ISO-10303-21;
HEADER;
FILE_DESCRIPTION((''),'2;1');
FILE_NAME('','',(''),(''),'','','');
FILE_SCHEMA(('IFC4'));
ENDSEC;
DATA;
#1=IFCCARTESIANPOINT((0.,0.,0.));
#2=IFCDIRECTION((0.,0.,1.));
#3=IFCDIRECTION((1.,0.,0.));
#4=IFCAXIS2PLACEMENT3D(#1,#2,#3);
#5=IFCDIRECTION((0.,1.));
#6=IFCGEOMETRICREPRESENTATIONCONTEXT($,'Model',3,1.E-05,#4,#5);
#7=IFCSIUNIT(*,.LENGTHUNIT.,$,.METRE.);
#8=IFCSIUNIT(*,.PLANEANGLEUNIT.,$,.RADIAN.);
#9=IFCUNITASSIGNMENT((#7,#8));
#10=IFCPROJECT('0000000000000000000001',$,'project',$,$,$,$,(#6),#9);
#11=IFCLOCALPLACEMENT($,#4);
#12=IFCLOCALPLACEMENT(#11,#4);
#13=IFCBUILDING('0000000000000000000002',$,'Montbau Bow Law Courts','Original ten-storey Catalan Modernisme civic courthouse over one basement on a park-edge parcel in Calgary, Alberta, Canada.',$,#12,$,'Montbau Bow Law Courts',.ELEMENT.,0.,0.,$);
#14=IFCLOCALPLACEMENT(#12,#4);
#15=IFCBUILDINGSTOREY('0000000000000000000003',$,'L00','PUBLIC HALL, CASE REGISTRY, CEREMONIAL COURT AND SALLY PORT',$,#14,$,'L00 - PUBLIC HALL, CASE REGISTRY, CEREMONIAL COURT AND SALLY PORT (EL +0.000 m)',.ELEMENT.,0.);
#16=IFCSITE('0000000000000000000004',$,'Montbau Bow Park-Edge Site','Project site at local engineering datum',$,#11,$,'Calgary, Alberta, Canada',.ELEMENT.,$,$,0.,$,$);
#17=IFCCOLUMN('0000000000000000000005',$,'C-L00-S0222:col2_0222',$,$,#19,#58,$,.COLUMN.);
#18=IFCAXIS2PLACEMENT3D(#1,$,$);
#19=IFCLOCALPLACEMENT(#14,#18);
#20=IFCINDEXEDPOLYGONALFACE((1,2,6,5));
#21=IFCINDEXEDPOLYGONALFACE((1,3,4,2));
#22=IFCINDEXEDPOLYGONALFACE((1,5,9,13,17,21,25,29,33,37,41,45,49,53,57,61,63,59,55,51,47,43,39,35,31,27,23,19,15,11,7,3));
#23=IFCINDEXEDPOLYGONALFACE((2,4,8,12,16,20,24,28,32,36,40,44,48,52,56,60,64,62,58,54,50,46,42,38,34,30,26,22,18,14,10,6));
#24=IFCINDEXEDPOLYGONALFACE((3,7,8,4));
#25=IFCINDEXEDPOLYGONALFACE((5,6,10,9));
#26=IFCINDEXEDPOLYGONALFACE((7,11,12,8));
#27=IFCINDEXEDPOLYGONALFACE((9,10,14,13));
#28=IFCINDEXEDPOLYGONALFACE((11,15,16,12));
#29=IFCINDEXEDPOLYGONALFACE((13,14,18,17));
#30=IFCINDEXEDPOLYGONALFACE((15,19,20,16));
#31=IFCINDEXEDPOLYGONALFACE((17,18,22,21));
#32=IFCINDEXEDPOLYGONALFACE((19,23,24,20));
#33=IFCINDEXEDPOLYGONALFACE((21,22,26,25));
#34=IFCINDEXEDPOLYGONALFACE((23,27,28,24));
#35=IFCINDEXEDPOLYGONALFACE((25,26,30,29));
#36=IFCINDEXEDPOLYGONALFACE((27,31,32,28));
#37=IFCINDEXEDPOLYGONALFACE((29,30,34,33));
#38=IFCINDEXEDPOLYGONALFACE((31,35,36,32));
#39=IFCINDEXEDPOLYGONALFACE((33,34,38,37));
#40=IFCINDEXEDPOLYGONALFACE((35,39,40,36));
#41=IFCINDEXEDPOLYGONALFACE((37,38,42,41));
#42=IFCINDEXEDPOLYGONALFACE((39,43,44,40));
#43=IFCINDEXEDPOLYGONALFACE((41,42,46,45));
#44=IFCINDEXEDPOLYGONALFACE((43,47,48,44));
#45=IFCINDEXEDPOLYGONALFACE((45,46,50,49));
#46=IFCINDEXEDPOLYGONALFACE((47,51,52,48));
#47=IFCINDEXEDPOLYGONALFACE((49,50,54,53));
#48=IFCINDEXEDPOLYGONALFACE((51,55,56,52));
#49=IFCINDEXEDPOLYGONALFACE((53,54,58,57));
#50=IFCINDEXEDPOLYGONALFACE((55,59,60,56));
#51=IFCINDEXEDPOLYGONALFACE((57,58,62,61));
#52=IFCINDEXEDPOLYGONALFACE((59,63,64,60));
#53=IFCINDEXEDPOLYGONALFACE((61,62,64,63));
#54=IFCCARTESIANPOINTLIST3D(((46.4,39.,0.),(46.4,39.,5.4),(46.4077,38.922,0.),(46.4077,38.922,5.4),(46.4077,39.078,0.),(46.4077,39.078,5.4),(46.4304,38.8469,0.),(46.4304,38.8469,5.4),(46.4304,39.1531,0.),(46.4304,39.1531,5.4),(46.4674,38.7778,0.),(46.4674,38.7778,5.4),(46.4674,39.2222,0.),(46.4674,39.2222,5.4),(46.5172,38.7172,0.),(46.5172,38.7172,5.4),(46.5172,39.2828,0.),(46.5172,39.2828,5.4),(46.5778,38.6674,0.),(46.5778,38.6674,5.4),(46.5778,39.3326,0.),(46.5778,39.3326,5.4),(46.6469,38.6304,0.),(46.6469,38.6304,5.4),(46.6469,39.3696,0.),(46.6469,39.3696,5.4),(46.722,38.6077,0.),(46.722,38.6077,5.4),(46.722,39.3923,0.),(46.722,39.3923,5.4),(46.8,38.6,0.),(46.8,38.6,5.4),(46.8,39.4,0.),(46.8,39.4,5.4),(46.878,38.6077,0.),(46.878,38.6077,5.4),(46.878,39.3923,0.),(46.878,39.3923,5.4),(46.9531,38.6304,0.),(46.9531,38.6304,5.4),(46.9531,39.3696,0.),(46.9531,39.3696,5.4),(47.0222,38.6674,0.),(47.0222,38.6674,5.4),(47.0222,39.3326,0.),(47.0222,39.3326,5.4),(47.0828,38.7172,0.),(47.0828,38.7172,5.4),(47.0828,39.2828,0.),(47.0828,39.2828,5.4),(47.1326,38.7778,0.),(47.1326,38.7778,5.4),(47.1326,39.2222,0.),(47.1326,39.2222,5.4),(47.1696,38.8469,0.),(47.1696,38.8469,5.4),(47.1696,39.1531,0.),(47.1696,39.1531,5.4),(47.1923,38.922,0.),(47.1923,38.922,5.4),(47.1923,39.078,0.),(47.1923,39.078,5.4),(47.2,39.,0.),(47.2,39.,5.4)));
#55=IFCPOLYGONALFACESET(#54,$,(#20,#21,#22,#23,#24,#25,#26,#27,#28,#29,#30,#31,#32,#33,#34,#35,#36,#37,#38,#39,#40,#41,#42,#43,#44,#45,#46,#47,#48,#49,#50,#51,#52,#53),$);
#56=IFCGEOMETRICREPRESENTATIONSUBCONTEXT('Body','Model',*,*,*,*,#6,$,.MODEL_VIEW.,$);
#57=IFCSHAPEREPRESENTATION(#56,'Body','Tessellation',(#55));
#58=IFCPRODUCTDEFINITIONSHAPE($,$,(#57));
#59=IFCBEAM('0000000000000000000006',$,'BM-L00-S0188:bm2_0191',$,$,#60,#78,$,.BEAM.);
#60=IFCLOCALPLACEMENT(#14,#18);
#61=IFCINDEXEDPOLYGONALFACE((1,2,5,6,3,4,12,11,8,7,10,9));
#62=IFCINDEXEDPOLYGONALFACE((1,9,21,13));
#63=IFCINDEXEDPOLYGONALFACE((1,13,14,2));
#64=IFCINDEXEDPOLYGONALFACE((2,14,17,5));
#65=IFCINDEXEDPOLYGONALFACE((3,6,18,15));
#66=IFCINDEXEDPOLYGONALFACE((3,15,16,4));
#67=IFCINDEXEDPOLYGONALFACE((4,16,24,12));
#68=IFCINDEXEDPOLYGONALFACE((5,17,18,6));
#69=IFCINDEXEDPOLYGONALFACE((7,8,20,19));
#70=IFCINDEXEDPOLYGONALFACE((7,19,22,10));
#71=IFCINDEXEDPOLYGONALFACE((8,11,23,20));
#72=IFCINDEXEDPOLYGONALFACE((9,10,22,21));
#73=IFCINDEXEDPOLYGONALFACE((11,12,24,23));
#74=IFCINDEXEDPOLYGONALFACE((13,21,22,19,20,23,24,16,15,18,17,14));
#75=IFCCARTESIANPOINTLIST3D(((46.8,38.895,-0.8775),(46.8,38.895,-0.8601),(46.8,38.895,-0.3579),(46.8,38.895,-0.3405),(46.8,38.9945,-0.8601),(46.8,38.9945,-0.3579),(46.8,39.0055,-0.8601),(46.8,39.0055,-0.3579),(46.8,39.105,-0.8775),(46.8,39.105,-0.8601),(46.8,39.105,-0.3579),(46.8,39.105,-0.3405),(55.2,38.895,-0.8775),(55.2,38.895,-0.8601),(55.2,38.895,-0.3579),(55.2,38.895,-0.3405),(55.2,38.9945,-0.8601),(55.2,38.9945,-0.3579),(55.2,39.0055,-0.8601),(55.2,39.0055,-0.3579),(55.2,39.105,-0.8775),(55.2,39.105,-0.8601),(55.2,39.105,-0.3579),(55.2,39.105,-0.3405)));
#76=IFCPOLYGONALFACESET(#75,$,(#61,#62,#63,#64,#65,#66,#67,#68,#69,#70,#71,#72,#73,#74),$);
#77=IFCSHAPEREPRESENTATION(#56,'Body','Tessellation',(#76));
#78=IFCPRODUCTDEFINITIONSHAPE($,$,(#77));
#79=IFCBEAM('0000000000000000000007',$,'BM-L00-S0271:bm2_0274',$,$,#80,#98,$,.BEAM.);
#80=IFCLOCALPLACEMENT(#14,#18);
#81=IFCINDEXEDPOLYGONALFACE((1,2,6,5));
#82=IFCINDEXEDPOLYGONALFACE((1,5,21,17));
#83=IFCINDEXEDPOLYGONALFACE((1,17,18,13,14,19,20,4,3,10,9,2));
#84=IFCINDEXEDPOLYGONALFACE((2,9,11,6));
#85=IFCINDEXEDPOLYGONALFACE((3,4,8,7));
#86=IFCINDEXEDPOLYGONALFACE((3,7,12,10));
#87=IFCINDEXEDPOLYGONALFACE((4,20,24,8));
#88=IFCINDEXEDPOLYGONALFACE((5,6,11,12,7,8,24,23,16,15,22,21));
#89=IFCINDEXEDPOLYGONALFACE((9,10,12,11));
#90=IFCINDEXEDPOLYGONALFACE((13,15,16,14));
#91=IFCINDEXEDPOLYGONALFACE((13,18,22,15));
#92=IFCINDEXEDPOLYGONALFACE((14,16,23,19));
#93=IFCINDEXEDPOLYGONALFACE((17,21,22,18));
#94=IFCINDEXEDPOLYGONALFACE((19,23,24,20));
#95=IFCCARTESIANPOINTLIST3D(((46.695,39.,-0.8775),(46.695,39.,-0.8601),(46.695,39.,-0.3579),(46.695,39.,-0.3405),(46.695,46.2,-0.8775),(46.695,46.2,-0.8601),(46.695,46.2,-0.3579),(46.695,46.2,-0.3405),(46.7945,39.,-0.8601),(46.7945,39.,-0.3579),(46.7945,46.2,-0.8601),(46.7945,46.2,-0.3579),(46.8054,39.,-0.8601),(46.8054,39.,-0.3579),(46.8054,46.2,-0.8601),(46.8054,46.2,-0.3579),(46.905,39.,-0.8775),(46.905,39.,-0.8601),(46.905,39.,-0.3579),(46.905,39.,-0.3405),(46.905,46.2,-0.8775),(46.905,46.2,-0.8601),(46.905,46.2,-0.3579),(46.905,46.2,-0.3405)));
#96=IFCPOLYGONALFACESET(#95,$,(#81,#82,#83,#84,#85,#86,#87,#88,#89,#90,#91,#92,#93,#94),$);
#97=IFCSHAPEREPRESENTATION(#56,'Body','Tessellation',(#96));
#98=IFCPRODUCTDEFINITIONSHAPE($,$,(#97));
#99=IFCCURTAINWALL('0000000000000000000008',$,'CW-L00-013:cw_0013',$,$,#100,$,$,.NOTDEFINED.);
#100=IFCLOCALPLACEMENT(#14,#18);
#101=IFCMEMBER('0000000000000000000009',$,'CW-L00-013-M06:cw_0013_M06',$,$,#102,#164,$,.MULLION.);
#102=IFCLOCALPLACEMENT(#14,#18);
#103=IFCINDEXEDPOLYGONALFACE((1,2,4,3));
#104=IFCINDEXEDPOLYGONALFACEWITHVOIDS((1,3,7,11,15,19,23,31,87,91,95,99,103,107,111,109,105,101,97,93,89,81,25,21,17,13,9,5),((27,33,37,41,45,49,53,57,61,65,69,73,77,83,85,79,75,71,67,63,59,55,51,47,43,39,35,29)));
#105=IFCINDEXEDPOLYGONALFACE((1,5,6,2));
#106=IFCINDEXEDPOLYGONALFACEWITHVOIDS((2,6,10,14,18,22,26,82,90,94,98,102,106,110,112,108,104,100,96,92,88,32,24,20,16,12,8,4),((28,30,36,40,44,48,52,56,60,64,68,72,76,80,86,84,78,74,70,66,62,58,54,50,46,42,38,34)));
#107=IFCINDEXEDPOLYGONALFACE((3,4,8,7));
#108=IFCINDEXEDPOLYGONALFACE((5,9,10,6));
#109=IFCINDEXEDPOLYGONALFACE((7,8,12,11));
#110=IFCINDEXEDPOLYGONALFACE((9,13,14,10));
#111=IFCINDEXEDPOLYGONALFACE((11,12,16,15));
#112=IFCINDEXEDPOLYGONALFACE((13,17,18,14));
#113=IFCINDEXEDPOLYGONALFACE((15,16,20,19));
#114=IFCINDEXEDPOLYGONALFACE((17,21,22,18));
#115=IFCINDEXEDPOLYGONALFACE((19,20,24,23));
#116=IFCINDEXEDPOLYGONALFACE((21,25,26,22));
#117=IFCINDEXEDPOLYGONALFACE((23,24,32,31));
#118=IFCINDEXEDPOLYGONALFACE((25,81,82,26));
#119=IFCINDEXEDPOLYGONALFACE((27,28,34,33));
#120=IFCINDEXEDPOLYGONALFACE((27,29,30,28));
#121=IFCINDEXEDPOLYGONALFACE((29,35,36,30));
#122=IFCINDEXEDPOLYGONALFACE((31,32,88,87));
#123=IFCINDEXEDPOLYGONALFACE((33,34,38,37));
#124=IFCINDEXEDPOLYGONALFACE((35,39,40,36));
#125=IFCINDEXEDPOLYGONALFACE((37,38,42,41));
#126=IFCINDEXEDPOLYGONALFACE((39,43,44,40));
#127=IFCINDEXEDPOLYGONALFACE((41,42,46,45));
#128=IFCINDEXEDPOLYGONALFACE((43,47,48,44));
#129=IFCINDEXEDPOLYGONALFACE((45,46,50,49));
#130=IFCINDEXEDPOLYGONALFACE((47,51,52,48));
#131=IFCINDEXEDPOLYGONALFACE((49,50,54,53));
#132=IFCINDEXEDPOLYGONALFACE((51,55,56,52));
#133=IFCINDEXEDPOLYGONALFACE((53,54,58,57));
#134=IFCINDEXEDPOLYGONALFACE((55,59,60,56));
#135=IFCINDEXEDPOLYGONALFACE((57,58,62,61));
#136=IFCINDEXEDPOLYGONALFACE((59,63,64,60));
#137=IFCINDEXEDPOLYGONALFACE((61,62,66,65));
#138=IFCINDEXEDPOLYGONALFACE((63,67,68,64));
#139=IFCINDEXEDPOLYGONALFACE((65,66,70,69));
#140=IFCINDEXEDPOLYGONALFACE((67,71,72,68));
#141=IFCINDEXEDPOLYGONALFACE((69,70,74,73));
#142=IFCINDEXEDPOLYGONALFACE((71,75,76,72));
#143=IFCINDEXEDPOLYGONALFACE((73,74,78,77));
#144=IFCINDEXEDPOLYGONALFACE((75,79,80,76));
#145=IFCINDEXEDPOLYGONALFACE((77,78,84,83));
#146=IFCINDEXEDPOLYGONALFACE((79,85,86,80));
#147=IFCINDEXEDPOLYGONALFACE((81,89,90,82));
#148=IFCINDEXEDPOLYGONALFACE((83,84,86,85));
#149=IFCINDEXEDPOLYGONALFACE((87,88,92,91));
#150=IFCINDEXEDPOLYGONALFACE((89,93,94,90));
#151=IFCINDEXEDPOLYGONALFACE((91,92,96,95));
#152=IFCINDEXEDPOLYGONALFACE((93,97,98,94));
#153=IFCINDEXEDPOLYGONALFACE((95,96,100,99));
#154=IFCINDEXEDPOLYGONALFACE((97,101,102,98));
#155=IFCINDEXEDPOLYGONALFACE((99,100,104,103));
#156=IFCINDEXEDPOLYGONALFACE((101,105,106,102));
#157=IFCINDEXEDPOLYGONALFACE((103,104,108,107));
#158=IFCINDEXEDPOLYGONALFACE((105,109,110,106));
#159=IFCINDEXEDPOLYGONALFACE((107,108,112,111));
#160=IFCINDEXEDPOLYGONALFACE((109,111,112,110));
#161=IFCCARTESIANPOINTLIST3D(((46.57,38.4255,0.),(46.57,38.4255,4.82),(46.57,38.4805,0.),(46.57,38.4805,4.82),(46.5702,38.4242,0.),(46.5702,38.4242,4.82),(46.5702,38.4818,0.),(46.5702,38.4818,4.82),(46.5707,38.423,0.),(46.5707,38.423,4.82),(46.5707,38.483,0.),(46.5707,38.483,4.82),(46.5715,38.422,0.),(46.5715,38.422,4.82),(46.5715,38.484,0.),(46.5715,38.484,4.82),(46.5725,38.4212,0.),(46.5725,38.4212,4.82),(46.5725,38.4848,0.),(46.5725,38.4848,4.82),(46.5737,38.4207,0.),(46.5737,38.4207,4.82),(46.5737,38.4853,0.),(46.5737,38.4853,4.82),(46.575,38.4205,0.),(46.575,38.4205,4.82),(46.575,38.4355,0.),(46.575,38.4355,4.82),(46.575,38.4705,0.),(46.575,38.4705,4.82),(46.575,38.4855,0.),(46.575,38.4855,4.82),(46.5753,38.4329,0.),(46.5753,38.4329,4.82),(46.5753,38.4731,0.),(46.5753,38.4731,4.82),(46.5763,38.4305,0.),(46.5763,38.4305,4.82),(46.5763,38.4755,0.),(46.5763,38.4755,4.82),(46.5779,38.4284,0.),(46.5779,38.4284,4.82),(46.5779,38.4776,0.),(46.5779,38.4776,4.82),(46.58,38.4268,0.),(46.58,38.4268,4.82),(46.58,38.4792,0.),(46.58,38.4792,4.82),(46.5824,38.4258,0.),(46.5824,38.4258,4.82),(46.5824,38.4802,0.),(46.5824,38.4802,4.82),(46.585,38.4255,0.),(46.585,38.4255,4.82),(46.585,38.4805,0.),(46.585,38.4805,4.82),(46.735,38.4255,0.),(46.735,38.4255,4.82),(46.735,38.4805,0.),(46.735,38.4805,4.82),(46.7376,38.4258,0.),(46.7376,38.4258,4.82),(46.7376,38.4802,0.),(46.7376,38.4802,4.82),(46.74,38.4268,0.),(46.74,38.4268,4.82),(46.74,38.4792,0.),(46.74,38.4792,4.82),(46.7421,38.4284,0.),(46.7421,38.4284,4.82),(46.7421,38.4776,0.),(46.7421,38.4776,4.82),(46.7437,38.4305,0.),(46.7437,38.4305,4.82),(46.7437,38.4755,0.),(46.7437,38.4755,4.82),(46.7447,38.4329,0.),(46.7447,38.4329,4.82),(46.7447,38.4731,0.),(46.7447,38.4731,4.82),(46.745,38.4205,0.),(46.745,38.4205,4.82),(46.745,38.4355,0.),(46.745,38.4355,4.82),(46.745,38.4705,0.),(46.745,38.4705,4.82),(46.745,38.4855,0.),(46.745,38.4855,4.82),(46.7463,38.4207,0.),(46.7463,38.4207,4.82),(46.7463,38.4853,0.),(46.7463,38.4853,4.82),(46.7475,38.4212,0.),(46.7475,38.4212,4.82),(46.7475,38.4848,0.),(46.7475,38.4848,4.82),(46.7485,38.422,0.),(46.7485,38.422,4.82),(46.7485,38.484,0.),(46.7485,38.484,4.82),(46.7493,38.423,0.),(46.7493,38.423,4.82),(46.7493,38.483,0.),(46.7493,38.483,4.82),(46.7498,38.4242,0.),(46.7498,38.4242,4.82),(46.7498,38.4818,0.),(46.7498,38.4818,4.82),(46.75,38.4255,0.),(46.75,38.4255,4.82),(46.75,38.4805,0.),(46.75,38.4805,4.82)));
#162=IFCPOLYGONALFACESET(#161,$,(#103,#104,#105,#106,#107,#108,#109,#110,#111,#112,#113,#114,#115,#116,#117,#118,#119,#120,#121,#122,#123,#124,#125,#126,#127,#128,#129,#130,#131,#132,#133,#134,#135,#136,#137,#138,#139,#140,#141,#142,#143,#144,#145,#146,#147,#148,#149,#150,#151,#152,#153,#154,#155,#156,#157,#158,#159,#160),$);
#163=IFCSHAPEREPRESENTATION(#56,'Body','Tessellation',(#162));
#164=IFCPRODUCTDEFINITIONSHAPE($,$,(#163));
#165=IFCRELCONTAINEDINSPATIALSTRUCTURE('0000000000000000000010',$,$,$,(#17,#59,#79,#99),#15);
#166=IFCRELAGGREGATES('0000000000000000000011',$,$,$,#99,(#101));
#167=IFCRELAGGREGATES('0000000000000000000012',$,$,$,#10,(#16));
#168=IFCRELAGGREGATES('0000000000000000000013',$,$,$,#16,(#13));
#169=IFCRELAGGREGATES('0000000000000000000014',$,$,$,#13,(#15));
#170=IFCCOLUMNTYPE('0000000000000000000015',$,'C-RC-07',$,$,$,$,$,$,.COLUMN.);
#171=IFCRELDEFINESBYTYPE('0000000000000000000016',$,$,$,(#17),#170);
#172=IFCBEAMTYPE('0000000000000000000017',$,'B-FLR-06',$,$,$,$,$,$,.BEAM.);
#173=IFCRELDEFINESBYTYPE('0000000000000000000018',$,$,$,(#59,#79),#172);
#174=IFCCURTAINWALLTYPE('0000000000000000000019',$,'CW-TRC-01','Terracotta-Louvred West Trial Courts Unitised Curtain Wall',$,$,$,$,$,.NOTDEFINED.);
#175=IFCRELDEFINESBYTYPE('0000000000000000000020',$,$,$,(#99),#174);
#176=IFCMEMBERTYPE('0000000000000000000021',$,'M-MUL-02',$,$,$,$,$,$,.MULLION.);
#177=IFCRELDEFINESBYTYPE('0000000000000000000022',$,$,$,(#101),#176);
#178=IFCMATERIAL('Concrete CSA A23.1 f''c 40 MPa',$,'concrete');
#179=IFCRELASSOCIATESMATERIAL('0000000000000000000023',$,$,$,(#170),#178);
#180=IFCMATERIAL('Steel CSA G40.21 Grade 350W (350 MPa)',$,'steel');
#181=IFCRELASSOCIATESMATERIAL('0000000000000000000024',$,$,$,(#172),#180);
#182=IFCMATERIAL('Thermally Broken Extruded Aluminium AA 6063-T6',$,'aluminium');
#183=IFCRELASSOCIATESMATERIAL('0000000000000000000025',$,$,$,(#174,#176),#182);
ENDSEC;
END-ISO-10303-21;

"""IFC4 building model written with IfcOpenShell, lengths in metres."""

from ifc_helpers import new_model, si_unit, direction, frame, origin_with_axes, origin_2d_with_axis, place, context, subcontext, project, spatial, hollow_rectangle, circle, i_section, extrude, material, material_profile, profile_set, type_object, element, aggregate, save


model = new_model("IFC4")

# Units and contexts
model_context = context("Model", 3, precision=1e-05, world=origin_with_axes(), true_north=direction((0.0, 1.0)))
body_context = subcontext(model_context, "Body", "Model", "MODEL_VIEW")
ifc_project = project(units=[si_unit("LENGTHUNIT", "METRE"), si_unit("PLANEANGLEUNIT", "RADIAN")], contexts=[model_context])

# Site, building, storey
site_placement = place(None, origin_with_axes())
site = spatial("IfcSite", under=ifc_project, at=site_placement, Name="Montbau Bow Park-Edge Site", Description="Project site at local engineering datum", LongName="Calgary, Alberta, Canada", CompositionType="ELEMENT", RefElevation=0.0)
building_placement = place(site_placement, origin_with_axes())
building = spatial("IfcBuilding", under=site, at=building_placement, Name="Montbau Bow Law Courts", Description="Original ten-storey Catalan Modernisme civic courthouse over one basement on a park-edge parcel in Calgary, Alberta, Canada.", LongName="Montbau Bow Law Courts", CompositionType="ELEMENT", ElevationOfRefHeight=0.0, ElevationOfTerrain=0.0)
storey_placement = place(building_placement, origin_with_axes())
storey = spatial("IfcBuildingStorey", under=building, at=storey_placement, Name="L00", Description="PUBLIC HALL, CASE REGISTRY, CEREMONIAL COURT AND SALLY PORT", LongName="L00 - PUBLIC HALL, CASE REGISTRY, CEREMONIAL COURT AND SALLY PORT (EL +0.000 m)", CompositionType="ELEMENT", Elevation=0.0)

# Column
ifc_material_1 = material(Name="Concrete CSA A23.1 f'c 40 MPa", Category="concrete")
ifc_material_profile_1 = material_profile(ifc_material_1, circle(Radius=0.4, at=origin_2d_with_axis()), Name="RC800D", Category="Main", Priority=0)
ifc_profile_set_1 = profile_set([ifc_material_profile_1], Name="Concrete CSA A23.1 f'c 40 MPa")
column_type = type_object("IfcColumnType", Name="C-RC-07", PredefinedType="COLUMN", material=ifc_profile_set_1)
column_placement = place(None, frame((46.8, 39.0, 0.0), z_axis=(0.0, 0.0, 1.0), x_axis=(1.0, 0.0, 0.0)))
element("IfcColumn", 1, at=column_placement, inside=storey, type_object=column_type, Name="C-L00-S0222:col2_0222", PredefinedType="COLUMN", context=body_context, shape_type="SweptSolid", body=[
    extrude(circle(Radius=0.4, at=origin_2d_with_axis()), origin_with_axes(), (0.0, 0.0, 1.0), 5.4),
])

# Beams
ifc_material_2 = material(Name="Steel CSA G40.21 Grade 350W (350 MPa)", Category="steel")
ifc_material_profile_2 = material_profile(ifc_material_2, i_section(OverallWidth=0.21, OverallDepth=0.537, WebThickness=0.0109, FlangeThickness=0.0174, at=origin_2d_with_axis()), Name="W530X101", Category="Main", Priority=0)
ifc_profile_set_2 = profile_set([ifc_material_profile_2], Name="Steel CSA G40.21 Grade 350W (350 MPa)")
beam_type = type_object("IfcBeamType", Name="B-FLR-06", PredefinedType="BEAM", material=ifc_profile_set_2)
beam_1_placement = place(None, frame((46.8, 39.0, -0.609), z_axis=(1.0, 0.0, 0.0), x_axis=(0.0, 1.0, 0.0)))
element("IfcBeam", 2, at=beam_1_placement, inside=storey, type_object=beam_type, Name="BM-L00-S0188:bm2_0191", PredefinedType="BEAM", context=body_context, shape_type="SweptSolid", body=[
    extrude(i_section(OverallWidth=0.21, OverallDepth=0.537, WebThickness=0.0109, FlangeThickness=0.0174, at=origin_2d_with_axis()), origin_with_axes(), (0.0, 0.0, 1.0), 8.4),
])
beam_2_placement = place(None, frame((46.8, 39.0, -0.609), z_axis=(0.0, 1.0, 0.0), x_axis=(-1.0, 0.0, 0.0)))
element("IfcBeam", 3, at=beam_2_placement, inside=storey, type_object=beam_type, Name="BM-L00-S0271:bm2_0274", PredefinedType="BEAM", context=body_context, shape_type="SweptSolid", body=[
    extrude(i_section(OverallWidth=0.21, OverallDepth=0.537, WebThickness=0.0109, FlangeThickness=0.0174, at=origin_2d_with_axis()), origin_with_axes(), (0.0, 0.0, 1.0), 7.2),
])

# Curtain wall, member
ifc_material_3 = material(Name="Thermally Broken Extruded Aluminium AA 6063-T6", Category="aluminium")
curtain_wall_type_1 = type_object("IfcCurtainWallType", Name="CW-TRC-01", Description="Terracotta-Louvred West Trial Courts Unitised Curtain Wall", PredefinedType="NOTDEFINED", material=ifc_material_3)
curtain_wall_1_placement = place(None, frame((46.66, 31.115, 0.0), z_axis=(0.0, 0.0, 1.0), x_axis=(1.0, 0.0, 0.0)))
curtain_wall_1 = element("IfcCurtainWall", 4, at=curtain_wall_1_placement, inside=storey, type_object=curtain_wall_type_1, Name="CW-L00-013:cw_0013", PredefinedType="NOTDEFINED")
ifc_material_profile_3 = material_profile(ifc_material_3, hollow_rectangle(XDim=0.065, YDim=0.18, WallThickness=0.005, InnerFilletRadius=0.01, OuterFilletRadius=0.005, at=origin_2d_with_axis()), Name="CWM-180X65", Category="Main", Priority=0)
ifc_profile_set_3 = profile_set([ifc_material_profile_3], Name="Thermally Broken Extruded Aluminium AA 6063-T6")
member_type_1 = type_object("IfcMemberType", Name="M-MUL-02", PredefinedType="MULLION", material=ifc_profile_set_3)
member_1_placement = place(None, frame((46.66, 38.453, 0.0), z_axis=(0.0, 0.0, 1.0), x_axis=(0.0, 1.0, 0.0)))
member_1 = element("IfcMember", 5, at=member_1_placement, type_object=member_type_1, Name="CW-L00-013-M06:cw_0013_M06", PredefinedType="MULLION", context=body_context, shape_type="SweptSolid", body=[
    extrude(hollow_rectangle(XDim=0.065, YDim=0.18, WallThickness=0.005, InnerFilletRadius=0.01, OuterFilletRadius=0.005, at=origin_2d_with_axis()), origin_with_axes(), (0.0, 0.0, 1.0), 4.82),
])
aggregate(curtain_wall_1, [member_1])

save(model, "model.ifc")
